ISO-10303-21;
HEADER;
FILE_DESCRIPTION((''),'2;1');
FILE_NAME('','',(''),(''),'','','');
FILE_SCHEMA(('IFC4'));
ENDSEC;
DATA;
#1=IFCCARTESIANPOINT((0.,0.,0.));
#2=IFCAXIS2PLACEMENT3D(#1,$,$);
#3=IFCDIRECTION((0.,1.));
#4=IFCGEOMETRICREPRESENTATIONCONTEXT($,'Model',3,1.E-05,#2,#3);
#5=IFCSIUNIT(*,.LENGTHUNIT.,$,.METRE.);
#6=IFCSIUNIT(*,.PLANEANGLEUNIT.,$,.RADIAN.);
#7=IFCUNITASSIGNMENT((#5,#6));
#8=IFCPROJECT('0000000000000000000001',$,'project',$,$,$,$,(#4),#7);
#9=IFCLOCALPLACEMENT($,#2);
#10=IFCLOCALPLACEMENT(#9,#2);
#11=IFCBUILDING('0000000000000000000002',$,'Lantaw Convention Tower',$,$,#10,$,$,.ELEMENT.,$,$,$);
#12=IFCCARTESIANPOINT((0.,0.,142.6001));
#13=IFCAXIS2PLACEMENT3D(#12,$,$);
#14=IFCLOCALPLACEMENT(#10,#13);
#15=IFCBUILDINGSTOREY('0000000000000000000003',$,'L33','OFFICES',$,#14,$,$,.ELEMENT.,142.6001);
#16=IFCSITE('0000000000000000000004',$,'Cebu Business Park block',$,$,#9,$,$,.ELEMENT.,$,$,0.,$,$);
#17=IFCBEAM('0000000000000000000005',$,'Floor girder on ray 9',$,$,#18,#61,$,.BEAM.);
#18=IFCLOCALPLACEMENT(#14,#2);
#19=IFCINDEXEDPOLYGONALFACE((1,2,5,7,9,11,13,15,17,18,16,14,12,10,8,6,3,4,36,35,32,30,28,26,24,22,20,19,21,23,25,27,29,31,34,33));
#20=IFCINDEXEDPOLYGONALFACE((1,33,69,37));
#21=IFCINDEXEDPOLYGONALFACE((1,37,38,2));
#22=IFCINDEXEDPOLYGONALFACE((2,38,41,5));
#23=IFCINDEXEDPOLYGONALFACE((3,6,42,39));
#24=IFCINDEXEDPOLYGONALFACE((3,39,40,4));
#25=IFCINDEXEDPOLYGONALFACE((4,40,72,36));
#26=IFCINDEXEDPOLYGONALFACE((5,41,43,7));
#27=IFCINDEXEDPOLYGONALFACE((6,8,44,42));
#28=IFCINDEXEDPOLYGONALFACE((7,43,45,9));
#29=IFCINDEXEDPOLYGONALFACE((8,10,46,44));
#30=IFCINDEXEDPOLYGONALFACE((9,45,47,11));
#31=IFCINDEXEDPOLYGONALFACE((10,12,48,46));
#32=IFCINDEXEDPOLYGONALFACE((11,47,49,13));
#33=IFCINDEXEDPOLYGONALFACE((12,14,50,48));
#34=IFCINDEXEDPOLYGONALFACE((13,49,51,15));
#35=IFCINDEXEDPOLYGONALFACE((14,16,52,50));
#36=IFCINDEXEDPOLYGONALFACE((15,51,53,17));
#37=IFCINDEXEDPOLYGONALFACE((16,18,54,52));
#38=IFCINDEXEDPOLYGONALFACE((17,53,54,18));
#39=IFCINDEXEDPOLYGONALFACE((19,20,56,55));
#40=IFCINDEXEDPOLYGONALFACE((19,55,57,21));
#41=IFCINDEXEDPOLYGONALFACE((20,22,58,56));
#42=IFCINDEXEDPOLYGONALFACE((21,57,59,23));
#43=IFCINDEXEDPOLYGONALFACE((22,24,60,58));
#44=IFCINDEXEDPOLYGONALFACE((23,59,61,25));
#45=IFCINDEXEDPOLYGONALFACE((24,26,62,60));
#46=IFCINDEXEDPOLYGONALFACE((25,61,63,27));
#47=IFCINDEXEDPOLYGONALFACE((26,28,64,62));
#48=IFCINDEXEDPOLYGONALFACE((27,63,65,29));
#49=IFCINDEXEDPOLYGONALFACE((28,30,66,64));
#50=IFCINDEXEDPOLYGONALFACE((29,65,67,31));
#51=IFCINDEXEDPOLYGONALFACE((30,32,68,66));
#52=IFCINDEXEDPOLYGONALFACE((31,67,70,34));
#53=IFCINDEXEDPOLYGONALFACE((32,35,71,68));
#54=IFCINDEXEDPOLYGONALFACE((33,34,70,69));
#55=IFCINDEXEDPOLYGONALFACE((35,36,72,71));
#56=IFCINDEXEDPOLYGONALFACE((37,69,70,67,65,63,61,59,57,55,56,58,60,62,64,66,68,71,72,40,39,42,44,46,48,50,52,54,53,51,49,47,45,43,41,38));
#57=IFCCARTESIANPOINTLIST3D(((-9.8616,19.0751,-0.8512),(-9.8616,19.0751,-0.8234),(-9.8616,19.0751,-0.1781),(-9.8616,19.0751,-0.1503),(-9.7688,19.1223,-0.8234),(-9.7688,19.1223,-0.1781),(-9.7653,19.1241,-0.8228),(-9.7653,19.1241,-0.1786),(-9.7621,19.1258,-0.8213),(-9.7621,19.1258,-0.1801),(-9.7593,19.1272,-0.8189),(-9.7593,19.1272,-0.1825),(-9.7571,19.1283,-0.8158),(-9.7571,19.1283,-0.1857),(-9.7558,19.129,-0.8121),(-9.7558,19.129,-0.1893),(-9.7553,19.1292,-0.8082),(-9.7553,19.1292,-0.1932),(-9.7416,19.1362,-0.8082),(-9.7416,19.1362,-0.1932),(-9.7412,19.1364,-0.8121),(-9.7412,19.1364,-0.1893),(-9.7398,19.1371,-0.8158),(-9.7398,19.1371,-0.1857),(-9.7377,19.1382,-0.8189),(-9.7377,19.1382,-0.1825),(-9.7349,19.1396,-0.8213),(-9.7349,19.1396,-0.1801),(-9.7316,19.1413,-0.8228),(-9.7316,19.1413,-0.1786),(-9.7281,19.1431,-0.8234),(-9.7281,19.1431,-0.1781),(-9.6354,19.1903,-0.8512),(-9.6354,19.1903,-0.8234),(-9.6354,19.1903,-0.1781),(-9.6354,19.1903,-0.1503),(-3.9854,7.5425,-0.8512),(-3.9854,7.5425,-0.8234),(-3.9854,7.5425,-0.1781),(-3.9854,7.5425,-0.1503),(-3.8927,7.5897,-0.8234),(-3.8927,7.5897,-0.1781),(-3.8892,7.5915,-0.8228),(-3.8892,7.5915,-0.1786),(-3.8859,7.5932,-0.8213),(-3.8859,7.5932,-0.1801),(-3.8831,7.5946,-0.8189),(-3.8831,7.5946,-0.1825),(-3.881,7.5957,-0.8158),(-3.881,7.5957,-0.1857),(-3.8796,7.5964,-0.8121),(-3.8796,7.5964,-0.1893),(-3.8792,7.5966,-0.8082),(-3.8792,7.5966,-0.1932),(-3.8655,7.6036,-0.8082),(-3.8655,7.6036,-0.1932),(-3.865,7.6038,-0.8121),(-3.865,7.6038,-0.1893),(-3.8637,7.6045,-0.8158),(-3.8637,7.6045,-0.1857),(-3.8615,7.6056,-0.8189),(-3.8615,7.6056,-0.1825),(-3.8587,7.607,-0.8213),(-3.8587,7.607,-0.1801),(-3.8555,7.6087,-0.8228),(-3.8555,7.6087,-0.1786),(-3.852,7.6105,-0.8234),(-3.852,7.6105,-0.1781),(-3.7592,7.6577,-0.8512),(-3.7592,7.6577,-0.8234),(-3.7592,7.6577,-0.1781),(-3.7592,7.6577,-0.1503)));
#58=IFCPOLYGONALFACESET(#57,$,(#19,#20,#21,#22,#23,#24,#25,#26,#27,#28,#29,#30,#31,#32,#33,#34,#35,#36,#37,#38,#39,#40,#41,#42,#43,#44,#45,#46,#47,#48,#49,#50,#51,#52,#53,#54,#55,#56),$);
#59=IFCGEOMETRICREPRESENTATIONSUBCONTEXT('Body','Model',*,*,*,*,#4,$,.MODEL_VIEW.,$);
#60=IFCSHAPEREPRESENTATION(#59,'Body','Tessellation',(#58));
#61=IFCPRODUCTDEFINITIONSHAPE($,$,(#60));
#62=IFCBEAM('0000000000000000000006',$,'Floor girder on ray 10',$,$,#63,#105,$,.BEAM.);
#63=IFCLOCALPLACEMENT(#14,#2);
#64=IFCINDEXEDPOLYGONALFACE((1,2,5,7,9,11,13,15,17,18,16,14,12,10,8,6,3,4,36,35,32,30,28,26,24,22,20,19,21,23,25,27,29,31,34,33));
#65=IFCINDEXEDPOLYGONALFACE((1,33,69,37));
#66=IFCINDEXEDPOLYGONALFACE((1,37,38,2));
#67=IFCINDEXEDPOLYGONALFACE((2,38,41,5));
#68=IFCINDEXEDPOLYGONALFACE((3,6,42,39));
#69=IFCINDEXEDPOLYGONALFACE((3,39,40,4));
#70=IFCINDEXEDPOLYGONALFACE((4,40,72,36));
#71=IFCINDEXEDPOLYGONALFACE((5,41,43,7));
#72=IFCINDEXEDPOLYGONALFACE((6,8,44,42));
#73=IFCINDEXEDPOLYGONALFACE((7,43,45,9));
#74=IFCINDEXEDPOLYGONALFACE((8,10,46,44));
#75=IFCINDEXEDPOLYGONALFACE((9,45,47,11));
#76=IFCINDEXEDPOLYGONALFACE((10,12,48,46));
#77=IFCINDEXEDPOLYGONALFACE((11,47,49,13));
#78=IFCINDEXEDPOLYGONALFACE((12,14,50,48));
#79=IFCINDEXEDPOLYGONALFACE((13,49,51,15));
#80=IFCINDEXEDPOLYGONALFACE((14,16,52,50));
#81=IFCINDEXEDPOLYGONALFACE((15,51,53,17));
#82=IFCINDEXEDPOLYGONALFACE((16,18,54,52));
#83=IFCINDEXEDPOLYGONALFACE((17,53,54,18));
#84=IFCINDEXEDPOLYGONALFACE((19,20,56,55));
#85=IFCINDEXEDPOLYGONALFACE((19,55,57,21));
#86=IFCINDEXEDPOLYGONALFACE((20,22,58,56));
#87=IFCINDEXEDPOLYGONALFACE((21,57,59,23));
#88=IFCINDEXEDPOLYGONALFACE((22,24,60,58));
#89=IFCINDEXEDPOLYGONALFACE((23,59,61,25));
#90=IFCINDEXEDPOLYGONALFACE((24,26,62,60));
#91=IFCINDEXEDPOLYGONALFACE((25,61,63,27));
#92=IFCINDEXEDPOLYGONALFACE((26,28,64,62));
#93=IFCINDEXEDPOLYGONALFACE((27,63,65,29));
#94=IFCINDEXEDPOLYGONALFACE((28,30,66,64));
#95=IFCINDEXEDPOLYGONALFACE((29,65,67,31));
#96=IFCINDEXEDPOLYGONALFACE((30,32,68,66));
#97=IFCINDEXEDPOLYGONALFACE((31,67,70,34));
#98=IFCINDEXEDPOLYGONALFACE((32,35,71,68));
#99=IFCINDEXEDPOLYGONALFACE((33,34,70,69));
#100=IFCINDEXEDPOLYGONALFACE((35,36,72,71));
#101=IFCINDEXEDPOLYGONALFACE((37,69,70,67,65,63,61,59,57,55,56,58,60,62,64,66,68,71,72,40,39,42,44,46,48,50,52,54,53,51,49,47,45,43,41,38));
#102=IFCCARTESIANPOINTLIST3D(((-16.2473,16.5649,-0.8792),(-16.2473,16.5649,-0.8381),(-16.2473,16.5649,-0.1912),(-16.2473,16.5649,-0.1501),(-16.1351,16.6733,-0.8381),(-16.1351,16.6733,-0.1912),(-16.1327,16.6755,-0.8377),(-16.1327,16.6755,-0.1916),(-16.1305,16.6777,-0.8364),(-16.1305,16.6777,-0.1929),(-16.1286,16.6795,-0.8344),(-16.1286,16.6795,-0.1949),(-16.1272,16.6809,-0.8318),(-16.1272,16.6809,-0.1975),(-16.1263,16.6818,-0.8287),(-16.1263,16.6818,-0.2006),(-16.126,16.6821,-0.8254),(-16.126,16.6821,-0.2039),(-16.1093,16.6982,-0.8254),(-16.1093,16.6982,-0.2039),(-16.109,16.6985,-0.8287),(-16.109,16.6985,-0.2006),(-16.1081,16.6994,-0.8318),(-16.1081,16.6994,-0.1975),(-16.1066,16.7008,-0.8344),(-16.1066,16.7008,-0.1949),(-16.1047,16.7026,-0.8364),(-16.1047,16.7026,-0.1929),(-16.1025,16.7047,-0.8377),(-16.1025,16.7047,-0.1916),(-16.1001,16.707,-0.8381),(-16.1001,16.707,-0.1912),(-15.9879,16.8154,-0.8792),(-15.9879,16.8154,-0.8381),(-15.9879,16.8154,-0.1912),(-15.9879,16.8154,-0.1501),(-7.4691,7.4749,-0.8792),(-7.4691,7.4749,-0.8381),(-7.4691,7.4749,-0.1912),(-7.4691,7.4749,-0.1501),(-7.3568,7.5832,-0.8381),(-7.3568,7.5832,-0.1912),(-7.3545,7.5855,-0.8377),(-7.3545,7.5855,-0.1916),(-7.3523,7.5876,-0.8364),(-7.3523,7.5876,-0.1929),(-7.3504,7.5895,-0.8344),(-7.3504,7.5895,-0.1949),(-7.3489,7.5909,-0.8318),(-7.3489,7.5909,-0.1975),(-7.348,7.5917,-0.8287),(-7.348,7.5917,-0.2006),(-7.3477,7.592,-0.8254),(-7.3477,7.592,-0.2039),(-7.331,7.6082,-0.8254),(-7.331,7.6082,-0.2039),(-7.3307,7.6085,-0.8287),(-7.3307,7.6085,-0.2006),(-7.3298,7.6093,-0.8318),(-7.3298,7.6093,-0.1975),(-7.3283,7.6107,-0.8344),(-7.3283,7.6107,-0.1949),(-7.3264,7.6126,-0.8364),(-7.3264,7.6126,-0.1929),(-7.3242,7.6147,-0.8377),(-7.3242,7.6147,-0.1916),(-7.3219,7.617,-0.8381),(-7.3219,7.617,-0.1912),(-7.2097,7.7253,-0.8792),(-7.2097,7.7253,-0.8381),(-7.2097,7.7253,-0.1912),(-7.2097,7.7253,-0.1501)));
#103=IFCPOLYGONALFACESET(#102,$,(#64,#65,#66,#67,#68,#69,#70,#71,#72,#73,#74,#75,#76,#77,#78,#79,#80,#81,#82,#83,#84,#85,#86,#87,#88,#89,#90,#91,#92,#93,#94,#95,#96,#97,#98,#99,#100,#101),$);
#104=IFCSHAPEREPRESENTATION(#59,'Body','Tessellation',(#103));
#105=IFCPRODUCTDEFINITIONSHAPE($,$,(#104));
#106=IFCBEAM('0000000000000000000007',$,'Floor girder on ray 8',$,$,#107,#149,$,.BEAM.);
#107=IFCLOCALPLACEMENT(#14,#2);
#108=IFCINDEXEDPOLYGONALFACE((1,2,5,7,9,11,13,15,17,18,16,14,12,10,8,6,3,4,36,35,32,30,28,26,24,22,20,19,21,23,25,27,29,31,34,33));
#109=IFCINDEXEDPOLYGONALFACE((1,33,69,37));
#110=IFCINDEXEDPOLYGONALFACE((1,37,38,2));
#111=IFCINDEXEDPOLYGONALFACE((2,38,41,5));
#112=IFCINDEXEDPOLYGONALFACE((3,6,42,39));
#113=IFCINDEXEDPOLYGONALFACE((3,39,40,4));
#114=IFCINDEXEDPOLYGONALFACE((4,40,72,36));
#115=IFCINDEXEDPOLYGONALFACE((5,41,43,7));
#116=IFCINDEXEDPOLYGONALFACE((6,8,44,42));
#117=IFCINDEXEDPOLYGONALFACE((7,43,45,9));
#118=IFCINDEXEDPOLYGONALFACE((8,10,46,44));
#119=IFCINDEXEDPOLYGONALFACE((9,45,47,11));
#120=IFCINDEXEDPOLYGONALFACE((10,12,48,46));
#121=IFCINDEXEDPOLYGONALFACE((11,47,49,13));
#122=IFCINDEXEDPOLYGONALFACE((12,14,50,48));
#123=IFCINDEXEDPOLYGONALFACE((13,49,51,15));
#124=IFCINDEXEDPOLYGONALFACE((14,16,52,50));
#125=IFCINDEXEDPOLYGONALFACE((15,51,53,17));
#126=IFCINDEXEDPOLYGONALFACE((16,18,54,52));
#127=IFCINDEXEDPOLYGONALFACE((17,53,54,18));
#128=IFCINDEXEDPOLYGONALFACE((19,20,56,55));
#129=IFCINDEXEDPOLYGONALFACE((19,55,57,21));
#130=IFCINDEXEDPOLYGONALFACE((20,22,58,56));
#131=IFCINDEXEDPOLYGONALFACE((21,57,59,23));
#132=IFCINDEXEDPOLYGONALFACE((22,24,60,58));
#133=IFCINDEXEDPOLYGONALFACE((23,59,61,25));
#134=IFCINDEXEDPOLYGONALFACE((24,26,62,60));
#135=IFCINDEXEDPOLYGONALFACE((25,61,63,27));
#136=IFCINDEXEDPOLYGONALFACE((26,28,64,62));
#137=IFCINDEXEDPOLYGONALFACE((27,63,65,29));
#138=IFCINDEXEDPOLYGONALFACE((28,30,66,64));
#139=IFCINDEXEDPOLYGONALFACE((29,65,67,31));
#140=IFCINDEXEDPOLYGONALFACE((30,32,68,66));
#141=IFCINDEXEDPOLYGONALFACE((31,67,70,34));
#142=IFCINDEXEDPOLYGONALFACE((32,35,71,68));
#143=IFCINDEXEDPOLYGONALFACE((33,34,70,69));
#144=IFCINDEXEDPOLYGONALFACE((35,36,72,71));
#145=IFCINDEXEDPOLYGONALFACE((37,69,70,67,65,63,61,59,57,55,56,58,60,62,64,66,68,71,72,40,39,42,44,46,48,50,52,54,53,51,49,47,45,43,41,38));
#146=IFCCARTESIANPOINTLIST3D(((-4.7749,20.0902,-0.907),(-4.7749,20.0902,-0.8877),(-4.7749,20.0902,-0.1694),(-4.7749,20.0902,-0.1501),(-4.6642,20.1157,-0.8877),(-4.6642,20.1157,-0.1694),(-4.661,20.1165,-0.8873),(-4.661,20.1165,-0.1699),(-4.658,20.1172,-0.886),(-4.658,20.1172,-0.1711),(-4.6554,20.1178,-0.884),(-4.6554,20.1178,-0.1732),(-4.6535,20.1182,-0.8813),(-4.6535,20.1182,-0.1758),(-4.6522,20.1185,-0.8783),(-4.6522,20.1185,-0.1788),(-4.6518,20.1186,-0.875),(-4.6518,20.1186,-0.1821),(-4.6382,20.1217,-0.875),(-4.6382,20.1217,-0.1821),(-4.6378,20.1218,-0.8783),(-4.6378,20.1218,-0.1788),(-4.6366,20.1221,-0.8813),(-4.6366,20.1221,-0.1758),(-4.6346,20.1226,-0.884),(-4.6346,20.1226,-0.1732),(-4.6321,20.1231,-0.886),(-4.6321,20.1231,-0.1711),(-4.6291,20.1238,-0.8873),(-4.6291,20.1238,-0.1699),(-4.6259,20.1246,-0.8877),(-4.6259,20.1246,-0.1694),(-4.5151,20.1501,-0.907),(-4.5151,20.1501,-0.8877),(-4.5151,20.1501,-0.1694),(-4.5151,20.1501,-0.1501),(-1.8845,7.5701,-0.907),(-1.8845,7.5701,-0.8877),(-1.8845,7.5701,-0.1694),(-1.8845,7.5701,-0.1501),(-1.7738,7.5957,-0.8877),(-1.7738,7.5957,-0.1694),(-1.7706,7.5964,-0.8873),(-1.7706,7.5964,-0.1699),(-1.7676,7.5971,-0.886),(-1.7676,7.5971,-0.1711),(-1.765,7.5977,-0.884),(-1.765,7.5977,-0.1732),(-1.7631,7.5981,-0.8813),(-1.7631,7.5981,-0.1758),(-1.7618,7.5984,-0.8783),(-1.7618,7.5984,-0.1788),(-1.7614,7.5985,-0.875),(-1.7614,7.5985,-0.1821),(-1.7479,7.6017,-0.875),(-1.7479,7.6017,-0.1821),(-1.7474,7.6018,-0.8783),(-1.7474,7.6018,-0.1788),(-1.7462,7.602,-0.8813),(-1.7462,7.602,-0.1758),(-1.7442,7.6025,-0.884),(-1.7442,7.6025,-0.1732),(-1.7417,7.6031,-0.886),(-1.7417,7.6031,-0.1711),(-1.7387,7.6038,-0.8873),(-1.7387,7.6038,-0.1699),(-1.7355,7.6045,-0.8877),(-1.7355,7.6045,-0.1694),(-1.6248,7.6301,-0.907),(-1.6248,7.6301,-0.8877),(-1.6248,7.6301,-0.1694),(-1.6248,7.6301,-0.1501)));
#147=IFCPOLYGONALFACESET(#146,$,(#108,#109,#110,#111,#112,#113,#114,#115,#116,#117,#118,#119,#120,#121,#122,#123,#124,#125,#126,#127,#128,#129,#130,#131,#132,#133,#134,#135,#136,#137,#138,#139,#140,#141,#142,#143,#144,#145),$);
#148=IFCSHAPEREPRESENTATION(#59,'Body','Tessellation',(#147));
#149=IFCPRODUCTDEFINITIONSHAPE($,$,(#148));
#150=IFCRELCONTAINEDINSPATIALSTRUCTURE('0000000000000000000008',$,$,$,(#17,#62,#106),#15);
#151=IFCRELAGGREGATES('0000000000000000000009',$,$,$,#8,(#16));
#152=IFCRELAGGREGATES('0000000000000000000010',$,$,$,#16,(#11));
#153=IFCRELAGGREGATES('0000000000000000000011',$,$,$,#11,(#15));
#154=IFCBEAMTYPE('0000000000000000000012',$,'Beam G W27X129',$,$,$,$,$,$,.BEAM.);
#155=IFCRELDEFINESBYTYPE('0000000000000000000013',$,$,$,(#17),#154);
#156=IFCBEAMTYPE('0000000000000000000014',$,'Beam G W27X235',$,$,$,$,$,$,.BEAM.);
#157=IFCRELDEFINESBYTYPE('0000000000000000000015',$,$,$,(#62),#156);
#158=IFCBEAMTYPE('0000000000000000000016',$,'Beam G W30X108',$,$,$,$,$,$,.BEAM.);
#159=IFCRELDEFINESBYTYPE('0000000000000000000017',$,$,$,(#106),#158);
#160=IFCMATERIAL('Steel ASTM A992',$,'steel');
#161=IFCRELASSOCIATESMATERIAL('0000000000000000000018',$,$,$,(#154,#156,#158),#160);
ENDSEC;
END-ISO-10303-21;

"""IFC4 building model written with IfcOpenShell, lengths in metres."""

from ifc_helpers import new_model, si_unit, direction, frame, origin, origin_2d, place, context, subcontext, project, spatial, i_section, extrude, material, material_profile, profile_set, type_object, element, save


model = new_model("IFC4")

# Units and contexts
model_context = context("Model", 3, precision=1e-05, world=origin(), true_north=direction((0.0, 1.0)))
body_context = subcontext(model_context, "Body", "Model", "MODEL_VIEW")
ifc_project = project(units=[si_unit("LENGTHUNIT", "METRE"), si_unit("PLANEANGLEUNIT", "RADIAN")], contexts=[model_context])

# Site, building, storey
site_placement = place(None, origin())
site = spatial("IfcSite", under=ifc_project, at=site_placement, Name="Cebu Business Park block", CompositionType="ELEMENT", RefElevation=0.0)
building_placement = place(site_placement, origin())
building = spatial("IfcBuilding", under=site, at=building_placement, Name="Lantaw Convention Tower", CompositionType="ELEMENT")
storey_placement = place(building_placement, frame((0.0, 0.0, 142.6001)))
storey = spatial("IfcBuildingStorey", under=building, at=storey_placement, Name="L33", Description="OFFICES", CompositionType="ELEMENT", Elevation=142.6001)

# Beams
ifc_material_1 = material(Name="Steel ASTM A992", Category="steel")
ifc_material_profile_1 = material_profile(ifc_material_1, i_section(OverallWidth=0.2539, OverallDepth=0.7009, WebThickness=0.0154, FlangeThickness=0.0278, FilletRadius=0.0151, at=origin_2d()), Name="W27X129")
ifc_profile_set_1 = profile_set([ifc_material_profile_1], Name="Steel ASTM A992")
beam_type_1 = type_object("IfcBeamType", Name="Beam G W27X129", PredefinedType="BEAM", material=ifc_profile_set_1)
beam_1_placement = place(storey_placement, frame((-3.8723, 7.6001, -0.5007), z_axis=(-0.453991, 0.891006, 0.0), x_axis=(-0.891006, -0.453991, 0.0)))
element("IfcBeam", 1, at=beam_1_placement, inside=storey, type_object=beam_type_1, Name="Floor girder on ray 9", PredefinedType="BEAM", context=body_context, shape_type="SweptSolid", body=[
    extrude(i_section(OverallWidth=0.2539, OverallDepth=0.7009, WebThickness=0.0154, FlangeThickness=0.0278, FilletRadius=0.0151, at=origin_2d()), origin(), (0.0, 0.0, 1.0), 12.9434),
])
ifc_material_profile_2 = material_profile(ifc_material_1, i_section(OverallWidth=0.3606, OverallDepth=0.729, WebThickness=0.0232, FlangeThickness=0.041, FilletRadius=0.0127, at=origin_2d()), Name="W27X235")
ifc_profile_set_2 = profile_set([ifc_material_profile_2], Name="Steel ASTM A992")
beam_type_2 = type_object("IfcBeamType", Name="Beam G W27X235", PredefinedType="BEAM", material=ifc_profile_set_2)
beam_2_placement = place(storey_placement, frame((-7.3394, 7.6001, -0.5146), z_axis=(-0.694663, 0.719335, 0.0), x_axis=(-0.719335, -0.694663, 0.0)))
element("IfcBeam", 2, at=beam_2_placement, inside=storey, type_object=beam_type_2, Name="Floor girder on ray 10", PredefinedType="BEAM", context=body_context, shape_type="SweptSolid", body=[
    extrude(i_section(OverallWidth=0.3606, OverallDepth=0.729, WebThickness=0.0232, FlangeThickness=0.041, FilletRadius=0.0127, at=origin_2d()), origin(), (0.0, 0.0, 1.0), 12.6367),
])
ifc_material_profile_3 = material_profile(ifc_material_1, i_section(OverallWidth=0.2666, OverallDepth=0.7568, WebThickness=0.0139, FlangeThickness=0.0193, FilletRadius=0.0127, at=origin_2d()), Name="W30X108")
ifc_profile_set_3 = profile_set([ifc_material_profile_3], Name="Steel ASTM A992")
beam_type_3 = type_object("IfcBeamType", Name="Beam G W30X108", PredefinedType="BEAM", material=ifc_profile_set_3)
beam_3_placement = place(storey_placement, frame((-1.7546, 7.6001, -0.5286), z_axis=(-0.224944, 0.974372, 0.0), x_axis=(-0.974372, -0.224944, 0.0)))
element("IfcBeam", 3, at=beam_3_placement, inside=storey, type_object=beam_type_3, Name="Floor girder on ray 8", PredefinedType="BEAM", context=body_context, shape_type="SweptSolid", body=[
    extrude(i_section(OverallWidth=0.2666, OverallDepth=0.7568, WebThickness=0.0139, FlangeThickness=0.0193, FilletRadius=0.0127, at=origin_2d()), origin(), (0.0, 0.0, 1.0), 12.8494),
])

save(model, "model.ifc")
